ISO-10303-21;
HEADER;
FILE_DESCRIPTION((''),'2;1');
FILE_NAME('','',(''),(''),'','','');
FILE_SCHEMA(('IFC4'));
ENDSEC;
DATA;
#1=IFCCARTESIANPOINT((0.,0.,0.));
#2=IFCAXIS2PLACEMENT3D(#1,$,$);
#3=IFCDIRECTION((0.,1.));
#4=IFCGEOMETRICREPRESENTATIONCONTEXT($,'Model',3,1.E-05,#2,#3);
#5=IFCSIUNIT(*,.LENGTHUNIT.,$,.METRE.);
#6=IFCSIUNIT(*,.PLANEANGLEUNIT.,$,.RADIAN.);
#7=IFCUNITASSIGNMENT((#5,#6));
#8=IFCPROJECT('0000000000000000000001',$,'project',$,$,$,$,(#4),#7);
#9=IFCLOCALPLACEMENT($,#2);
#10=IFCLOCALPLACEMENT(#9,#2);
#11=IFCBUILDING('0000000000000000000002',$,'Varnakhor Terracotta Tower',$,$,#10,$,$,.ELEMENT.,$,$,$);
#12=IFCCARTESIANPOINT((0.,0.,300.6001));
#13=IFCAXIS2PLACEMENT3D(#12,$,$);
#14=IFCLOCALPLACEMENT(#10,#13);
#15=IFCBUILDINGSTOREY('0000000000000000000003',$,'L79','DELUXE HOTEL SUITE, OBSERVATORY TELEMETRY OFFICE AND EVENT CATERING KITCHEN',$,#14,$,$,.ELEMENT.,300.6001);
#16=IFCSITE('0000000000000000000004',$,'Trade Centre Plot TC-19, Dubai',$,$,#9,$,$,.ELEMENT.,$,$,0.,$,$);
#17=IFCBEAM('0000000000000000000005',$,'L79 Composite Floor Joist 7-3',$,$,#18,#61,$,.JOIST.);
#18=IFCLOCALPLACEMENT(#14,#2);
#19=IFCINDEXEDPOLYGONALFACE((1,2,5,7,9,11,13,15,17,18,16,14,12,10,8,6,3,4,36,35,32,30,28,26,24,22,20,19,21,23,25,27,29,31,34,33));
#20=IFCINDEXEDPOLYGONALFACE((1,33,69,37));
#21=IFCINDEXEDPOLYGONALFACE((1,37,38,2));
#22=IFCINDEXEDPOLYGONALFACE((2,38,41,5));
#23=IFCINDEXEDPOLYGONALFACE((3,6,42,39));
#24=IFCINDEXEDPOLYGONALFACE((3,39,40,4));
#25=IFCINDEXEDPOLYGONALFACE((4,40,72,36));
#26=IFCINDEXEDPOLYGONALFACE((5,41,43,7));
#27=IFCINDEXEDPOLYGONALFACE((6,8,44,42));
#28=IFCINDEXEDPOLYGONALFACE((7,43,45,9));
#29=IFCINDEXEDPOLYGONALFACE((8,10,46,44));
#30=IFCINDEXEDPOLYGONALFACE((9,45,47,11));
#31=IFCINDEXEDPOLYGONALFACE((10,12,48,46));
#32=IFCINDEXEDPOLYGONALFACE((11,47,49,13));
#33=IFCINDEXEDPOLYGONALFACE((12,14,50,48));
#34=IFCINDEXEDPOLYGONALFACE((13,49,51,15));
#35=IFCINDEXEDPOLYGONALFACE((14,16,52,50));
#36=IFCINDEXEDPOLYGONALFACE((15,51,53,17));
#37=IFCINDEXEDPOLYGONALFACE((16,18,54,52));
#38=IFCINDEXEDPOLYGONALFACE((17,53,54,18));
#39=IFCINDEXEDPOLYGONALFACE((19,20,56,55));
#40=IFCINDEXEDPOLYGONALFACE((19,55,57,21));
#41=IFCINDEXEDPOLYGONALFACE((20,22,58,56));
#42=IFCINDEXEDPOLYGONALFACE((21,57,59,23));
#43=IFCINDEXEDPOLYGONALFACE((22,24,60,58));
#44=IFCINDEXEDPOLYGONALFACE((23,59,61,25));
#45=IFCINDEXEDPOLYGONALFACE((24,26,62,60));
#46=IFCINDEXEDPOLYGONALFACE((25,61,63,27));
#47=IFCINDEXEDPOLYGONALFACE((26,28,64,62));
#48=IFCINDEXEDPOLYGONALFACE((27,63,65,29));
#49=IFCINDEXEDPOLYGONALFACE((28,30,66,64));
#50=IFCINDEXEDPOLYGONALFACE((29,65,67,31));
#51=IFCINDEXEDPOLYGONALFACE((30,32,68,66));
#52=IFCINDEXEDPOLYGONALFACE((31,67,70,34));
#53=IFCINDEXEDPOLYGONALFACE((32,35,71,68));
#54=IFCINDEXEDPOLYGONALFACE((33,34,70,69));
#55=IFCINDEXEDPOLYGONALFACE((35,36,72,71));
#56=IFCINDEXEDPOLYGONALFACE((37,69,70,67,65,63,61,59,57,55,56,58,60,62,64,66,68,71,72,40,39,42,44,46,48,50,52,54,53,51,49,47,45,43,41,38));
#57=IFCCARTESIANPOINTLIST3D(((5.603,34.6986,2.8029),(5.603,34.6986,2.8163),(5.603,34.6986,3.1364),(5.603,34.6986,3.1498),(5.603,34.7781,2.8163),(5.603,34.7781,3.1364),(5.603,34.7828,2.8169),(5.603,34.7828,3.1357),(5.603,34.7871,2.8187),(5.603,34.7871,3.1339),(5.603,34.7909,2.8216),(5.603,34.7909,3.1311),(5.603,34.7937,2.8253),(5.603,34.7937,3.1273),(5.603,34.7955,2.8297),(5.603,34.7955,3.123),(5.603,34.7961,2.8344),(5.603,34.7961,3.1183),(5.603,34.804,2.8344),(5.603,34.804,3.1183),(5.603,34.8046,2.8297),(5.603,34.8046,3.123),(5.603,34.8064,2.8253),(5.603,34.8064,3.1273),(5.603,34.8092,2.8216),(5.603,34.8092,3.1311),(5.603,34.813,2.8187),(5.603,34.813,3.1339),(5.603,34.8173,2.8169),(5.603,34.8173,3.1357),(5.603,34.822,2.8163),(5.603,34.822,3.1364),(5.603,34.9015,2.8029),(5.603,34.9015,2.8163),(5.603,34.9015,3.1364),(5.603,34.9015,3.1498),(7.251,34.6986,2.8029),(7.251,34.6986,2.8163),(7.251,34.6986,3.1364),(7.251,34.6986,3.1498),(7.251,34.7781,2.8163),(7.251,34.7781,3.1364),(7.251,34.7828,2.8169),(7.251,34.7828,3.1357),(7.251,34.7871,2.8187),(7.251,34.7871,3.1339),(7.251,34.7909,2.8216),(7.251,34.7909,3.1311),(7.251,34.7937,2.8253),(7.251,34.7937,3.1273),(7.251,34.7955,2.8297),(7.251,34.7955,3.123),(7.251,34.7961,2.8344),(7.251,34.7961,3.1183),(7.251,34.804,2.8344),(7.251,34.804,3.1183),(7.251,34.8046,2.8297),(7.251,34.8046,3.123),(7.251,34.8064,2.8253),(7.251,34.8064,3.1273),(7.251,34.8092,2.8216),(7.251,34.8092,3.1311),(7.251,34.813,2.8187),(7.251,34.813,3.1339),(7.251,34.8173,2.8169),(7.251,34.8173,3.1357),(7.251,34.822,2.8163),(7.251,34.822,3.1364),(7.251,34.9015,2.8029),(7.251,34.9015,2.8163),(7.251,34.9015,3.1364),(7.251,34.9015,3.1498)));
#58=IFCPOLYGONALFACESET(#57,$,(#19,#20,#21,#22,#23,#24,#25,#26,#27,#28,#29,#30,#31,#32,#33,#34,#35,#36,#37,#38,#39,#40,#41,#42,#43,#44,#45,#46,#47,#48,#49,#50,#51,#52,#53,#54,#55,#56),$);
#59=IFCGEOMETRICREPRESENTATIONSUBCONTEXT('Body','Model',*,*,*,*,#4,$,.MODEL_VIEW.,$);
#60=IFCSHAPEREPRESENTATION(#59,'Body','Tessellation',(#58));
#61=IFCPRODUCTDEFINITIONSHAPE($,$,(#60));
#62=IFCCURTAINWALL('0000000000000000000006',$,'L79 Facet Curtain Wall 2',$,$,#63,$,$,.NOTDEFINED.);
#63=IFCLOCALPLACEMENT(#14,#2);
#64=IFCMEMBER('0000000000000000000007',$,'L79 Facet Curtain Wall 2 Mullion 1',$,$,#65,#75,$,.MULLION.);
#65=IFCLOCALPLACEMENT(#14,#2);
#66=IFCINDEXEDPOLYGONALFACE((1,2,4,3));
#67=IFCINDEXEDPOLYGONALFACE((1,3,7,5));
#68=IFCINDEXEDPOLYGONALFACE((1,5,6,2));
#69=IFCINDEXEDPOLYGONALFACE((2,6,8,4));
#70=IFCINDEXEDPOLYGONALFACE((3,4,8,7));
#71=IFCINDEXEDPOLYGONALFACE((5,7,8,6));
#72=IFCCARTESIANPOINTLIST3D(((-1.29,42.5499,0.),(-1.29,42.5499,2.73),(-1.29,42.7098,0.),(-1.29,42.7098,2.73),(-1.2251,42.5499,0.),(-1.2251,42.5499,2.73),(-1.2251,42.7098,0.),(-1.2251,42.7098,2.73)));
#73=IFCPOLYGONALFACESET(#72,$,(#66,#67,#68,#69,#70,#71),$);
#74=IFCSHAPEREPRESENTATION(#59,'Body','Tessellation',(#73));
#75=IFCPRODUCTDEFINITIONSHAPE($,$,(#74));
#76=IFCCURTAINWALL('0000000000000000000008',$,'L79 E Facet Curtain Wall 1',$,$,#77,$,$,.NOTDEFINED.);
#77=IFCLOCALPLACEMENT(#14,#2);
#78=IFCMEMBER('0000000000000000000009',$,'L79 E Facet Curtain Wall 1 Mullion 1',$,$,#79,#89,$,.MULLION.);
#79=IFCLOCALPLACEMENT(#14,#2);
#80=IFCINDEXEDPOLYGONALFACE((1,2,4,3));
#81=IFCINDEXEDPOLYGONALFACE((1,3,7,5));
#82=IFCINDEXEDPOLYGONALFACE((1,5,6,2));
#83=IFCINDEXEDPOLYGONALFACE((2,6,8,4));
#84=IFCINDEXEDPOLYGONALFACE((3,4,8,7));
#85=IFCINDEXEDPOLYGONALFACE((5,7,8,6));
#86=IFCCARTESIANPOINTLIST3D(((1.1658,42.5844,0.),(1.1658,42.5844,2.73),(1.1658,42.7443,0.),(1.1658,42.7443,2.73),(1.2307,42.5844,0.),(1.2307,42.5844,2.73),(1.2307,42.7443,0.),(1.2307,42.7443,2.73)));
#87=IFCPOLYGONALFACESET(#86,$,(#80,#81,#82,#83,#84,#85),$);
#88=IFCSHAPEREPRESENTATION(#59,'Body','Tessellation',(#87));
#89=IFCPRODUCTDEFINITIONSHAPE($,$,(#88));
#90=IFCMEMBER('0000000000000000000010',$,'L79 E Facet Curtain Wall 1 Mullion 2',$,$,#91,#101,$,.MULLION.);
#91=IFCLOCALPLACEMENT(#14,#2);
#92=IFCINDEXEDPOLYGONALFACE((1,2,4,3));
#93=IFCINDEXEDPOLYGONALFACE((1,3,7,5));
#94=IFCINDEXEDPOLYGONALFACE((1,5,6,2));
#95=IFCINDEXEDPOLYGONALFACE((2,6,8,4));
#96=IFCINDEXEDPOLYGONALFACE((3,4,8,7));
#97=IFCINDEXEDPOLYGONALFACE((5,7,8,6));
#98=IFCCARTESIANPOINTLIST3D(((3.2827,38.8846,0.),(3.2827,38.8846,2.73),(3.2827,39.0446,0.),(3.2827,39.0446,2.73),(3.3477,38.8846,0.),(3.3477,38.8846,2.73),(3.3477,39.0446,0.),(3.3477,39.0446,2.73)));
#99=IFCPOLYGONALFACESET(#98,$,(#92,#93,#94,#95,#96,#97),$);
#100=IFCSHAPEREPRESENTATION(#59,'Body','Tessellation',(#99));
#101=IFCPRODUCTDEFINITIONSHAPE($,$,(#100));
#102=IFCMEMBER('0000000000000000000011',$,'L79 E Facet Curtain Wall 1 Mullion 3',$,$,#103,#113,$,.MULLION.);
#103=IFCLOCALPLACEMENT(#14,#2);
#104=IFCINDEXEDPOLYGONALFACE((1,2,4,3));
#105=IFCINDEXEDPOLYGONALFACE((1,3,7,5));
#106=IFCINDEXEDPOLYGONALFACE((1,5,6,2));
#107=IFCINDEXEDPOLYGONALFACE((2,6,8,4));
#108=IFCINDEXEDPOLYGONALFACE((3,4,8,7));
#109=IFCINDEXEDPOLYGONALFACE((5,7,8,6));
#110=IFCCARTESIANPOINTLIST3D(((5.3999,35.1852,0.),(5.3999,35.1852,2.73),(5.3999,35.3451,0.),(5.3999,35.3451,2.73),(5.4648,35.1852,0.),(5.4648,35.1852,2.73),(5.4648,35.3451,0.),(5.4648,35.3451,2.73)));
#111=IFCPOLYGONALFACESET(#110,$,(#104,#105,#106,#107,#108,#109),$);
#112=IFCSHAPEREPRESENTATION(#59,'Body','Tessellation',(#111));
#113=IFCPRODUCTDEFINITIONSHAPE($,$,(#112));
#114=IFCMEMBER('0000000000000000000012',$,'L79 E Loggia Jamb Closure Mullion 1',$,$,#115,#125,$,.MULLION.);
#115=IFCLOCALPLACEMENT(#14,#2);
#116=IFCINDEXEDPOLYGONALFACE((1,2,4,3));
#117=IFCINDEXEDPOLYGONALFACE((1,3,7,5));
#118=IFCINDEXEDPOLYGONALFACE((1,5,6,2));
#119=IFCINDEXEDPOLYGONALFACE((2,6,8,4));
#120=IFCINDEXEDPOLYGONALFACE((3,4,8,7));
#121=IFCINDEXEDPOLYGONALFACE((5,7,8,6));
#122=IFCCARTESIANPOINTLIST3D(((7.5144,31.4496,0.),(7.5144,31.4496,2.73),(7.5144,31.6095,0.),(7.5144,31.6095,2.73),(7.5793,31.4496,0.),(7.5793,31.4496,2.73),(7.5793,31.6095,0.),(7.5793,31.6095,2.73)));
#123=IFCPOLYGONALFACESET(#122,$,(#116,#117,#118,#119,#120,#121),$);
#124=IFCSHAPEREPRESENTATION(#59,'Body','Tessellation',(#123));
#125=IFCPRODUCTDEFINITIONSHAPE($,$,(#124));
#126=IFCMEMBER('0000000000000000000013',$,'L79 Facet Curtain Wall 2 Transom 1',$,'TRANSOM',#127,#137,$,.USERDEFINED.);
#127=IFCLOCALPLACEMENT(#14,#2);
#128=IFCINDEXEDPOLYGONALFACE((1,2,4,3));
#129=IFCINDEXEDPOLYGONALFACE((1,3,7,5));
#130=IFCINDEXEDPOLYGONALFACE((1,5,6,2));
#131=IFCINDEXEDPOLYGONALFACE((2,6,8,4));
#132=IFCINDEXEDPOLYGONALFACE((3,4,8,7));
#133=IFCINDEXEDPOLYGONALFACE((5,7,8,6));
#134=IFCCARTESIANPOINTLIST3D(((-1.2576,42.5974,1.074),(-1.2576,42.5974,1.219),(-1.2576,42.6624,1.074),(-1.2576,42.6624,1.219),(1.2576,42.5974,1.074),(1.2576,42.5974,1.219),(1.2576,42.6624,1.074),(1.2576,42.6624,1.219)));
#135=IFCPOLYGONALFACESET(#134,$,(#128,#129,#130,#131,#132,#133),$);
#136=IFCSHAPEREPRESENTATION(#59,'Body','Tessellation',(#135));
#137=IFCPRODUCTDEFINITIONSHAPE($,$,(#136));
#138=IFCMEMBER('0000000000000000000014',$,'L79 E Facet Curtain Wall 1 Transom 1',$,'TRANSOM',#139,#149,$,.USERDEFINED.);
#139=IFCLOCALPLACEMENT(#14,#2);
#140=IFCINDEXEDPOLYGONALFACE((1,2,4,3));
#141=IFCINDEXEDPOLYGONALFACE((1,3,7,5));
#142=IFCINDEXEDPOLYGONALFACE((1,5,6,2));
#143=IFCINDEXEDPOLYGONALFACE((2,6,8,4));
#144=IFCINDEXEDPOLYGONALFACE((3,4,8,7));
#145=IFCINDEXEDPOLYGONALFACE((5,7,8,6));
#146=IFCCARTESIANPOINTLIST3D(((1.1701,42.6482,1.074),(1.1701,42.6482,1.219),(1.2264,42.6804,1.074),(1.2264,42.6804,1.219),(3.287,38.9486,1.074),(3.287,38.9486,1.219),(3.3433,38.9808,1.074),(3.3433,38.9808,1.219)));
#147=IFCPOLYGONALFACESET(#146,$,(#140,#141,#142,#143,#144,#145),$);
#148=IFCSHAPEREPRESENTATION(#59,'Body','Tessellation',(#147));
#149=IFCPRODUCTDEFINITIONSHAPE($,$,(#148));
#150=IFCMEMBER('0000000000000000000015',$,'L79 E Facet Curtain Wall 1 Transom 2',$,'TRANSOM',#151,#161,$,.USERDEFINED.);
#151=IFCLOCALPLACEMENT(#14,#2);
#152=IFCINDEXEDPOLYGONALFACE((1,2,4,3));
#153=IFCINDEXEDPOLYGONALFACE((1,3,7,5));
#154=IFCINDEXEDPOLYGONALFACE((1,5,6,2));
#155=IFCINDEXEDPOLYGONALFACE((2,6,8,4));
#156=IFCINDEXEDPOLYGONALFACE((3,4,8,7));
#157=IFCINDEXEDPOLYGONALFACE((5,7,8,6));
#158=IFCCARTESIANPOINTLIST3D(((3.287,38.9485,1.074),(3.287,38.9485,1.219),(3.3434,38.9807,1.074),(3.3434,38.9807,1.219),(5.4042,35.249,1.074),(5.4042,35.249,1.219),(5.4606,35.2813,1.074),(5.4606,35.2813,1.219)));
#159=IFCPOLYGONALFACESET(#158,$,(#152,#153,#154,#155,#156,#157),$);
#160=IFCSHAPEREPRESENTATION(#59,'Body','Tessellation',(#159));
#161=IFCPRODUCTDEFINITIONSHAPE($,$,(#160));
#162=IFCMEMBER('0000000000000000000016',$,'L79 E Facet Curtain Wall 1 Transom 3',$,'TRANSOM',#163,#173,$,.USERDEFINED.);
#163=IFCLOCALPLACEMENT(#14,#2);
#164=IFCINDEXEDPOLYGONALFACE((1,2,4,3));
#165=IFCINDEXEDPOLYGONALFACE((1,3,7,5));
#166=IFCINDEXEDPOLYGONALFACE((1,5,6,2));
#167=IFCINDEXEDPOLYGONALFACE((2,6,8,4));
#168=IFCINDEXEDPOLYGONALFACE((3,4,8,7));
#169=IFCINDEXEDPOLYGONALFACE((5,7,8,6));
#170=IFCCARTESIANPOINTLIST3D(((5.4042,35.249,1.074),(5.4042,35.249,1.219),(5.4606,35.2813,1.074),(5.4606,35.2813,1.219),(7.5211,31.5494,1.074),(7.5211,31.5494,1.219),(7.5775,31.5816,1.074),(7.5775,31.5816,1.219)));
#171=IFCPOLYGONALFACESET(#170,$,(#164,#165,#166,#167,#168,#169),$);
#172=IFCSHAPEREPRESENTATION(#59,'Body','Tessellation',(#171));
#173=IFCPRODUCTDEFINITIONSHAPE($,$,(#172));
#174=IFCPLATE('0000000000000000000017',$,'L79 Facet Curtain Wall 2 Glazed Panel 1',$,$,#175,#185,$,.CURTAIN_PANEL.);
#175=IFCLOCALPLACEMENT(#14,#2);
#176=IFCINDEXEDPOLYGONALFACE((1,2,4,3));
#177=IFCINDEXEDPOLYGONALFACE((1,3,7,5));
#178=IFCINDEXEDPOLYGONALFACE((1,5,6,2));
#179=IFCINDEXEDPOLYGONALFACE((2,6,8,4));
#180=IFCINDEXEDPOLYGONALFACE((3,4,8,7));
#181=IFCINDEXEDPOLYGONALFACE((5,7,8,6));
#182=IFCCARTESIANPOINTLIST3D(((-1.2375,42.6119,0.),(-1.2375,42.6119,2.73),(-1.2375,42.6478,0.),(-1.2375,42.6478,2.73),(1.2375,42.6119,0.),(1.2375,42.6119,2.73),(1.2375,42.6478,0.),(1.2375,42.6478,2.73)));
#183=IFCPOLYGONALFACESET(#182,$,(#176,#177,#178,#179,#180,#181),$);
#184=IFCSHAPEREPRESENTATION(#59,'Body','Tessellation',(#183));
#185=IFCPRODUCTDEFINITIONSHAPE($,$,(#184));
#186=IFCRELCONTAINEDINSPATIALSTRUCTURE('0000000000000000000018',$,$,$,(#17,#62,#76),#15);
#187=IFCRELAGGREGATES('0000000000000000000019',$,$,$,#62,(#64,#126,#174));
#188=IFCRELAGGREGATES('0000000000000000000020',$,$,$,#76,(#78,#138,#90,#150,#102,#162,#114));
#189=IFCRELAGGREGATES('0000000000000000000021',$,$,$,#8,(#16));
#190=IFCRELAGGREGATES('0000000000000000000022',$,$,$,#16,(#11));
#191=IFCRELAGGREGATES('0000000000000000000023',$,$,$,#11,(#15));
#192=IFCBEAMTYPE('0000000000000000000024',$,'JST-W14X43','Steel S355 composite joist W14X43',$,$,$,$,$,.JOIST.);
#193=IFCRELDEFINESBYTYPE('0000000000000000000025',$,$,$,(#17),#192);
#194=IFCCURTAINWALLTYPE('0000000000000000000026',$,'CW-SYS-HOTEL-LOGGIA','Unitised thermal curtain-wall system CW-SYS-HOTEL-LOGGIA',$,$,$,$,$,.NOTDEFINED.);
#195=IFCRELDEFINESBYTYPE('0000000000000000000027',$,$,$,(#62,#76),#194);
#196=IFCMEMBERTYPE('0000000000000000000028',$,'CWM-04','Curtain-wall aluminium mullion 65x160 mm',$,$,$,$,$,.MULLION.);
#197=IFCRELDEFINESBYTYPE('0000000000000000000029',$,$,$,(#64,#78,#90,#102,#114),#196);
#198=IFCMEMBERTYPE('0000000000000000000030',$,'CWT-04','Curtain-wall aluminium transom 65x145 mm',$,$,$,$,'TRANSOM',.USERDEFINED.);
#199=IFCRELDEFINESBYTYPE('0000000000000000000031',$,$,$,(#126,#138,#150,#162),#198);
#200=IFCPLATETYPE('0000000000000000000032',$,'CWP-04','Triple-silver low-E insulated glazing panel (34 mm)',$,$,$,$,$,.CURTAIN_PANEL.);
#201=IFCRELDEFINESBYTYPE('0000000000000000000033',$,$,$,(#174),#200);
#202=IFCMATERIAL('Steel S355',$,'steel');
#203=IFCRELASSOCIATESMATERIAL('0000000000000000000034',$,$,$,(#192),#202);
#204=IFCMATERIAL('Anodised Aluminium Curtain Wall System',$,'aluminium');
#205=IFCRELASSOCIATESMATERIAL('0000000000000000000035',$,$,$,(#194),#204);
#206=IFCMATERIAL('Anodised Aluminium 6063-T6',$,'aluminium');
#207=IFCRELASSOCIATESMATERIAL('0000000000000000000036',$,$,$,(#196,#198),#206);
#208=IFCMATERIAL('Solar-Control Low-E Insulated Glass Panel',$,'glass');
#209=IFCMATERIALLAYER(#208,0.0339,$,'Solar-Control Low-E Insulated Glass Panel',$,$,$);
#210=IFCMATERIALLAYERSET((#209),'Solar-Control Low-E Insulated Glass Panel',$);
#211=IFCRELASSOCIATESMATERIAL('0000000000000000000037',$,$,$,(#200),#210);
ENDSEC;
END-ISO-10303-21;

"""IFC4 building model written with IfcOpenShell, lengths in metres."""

from ifc_helpers import new_model, si_unit, direction, frame, origin, origin_2d, place, context, subcontext, project, spatial, rectangle, i_section, extrude, source, transform, mapped, material, layer, layer_set, material_profile, profile_set, type_object, element, aggregate, save


model = new_model("IFC4")

# Units and contexts
model_context = context("Model", 3, precision=1e-05, world=origin(), true_north=direction((0.0, 1.0)))
body_context = subcontext(model_context, "Body", "Model", "MODEL_VIEW")
ifc_project = project(units=[si_unit("LENGTHUNIT", "METRE"), si_unit("PLANEANGLEUNIT", "RADIAN")], contexts=[model_context])

# Site, building, storey
site_placement = place(None, origin())
site = spatial("IfcSite", under=ifc_project, at=site_placement, Name="Trade Centre Plot TC-19, Dubai", CompositionType="ELEMENT", RefElevation=0.0)
building_placement = place(site_placement, origin())
building = spatial("IfcBuilding", under=site, at=building_placement, Name="Varnakhor Terracotta Tower", CompositionType="ELEMENT")
storey_placement = place(building_placement, frame((0.0, 0.0, 300.6001)))
storey = spatial("IfcBuildingStorey", under=building, at=storey_placement, Name="L79", Description="DELUXE HOTEL SUITE, OBSERVATORY TELEMETRY OFFICE AND EVENT CATERING KITCHEN", CompositionType="ELEMENT", Elevation=300.6001)

# Shared definitions
ifc_material_1 = material(Name="Steel S355", Category="steel")

# Beam
ifc_material_profile_1 = material_profile(ifc_material_1, i_section(OverallWidth=0.2029, OverallDepth=0.3469, WebThickness=0.0078, FlangeThickness=0.0134, FilletRadius=0.0181, at=origin_2d()), Name="W14X43")
ifc_profile_set_1 = profile_set([ifc_material_profile_1], Name="Steel S355")
beam_type_1 = type_object("IfcBeamType", Name="JST-W14X43", Description="Steel S355 composite joist W14X43", PredefinedType="JOIST", material=ifc_profile_set_1)
shared_shape_1 = source(origin(), body_context, "Body", "SweptSolid", [
    extrude(i_section(OverallWidth=0.2029, OverallDepth=0.3469, WebThickness=0.0078, FlangeThickness=0.0134, FilletRadius=0.0181, at=origin_2d()), origin(), (0.0, 0.0, 1.0), 1.6479),
])
beam_1_placement = place(storey_placement, frame((5.603, 34.8, 2.9763), z_axis=(1.0, 0.0, 0.0), x_axis=(0.0, 1.0, 0.0)))
element("IfcBeam", 1, at=beam_1_placement, inside=storey, type_object=beam_type_1, Name="L79 Composite Floor Joist 7-3", PredefinedType="JOIST", context=body_context, shape_type="MappedRepresentation", body=[
    mapped(shared_shape_1, transform((0.0, 0.0, 0.0), scale=1.0)),
])

# Curtain wall, member
ifc_material_2 = material(Name="Anodised Aluminium Curtain Wall System", Category="aluminium")
curtain_wall_type = type_object("IfcCurtainWallType", Name="CW-SYS-HOTEL-LOGGIA", Description="Unitised thermal curtain-wall system CW-SYS-HOTEL-LOGGIA", PredefinedType="NOTDEFINED", material=ifc_material_2)
curtain_wall_1_placement = place(storey_placement, origin())
curtain_wall_1 = element("IfcCurtainWall", 2, at=curtain_wall_1_placement, inside=storey, type_object=curtain_wall_type, Name="L79 Facet Curtain Wall 2", PredefinedType="NOTDEFINED")
ifc_material_3 = material(Name="Anodised Aluminium 6063-T6", Category="aluminium")
ifc_material_profile_2 = material_profile(ifc_material_3, rectangle(XDim=0.0649, YDim=0.1599, at=origin_2d()), Name="ALU MULLION 65x160")
ifc_profile_set_2 = profile_set([ifc_material_profile_2], Name="Anodised Aluminium 6063-T6")
member_type_1 = type_object("IfcMemberType", Name="CWM-04", Description="Curtain-wall aluminium mullion 65x160 mm", PredefinedType="MULLION", material=ifc_profile_set_2)
shared_shape_2 = source(origin(), body_context, "Body", "SweptSolid", [
    extrude(rectangle(XDim=0.0649, YDim=0.1599, at=origin_2d()), origin(), (0.0, 0.0, 1.0), 2.73),
])
member_1_placement = place(storey_placement, frame((-1.2576, 42.6299, 0.0), z_axis=(0.0, 0.0, 1.0), x_axis=(1.0, 0.0, 0.0)))
member_1 = element("IfcMember", 3, at=member_1_placement, type_object=member_type_1, Name="L79 Facet Curtain Wall 2 Mullion 1", PredefinedType="MULLION", context=body_context, shape_type="MappedRepresentation", body=[
    mapped(shared_shape_2, transform((0.0, 0.0, 0.0), scale=1.0)),
])

# Curtain wall, members
curtain_wall_2_placement = place(storey_placement, origin())
curtain_wall_2 = element("IfcCurtainWall", 4, at=curtain_wall_2_placement, inside=storey, type_object=curtain_wall_type, Name="L79 E Facet Curtain Wall 1", PredefinedType="NOTDEFINED")
member_2_placement = place(storey_placement, frame((1.1982, 42.6643, 0.0), z_axis=(0.0, 0.0, 1.0), x_axis=(1.0, 0.0, 0.0)))
member_2 = element("IfcMember", 5, at=member_2_placement, type_object=member_type_1, Name="L79 E Facet Curtain Wall 1 Mullion 1", PredefinedType="MULLION", context=body_context, shape_type="MappedRepresentation", body=[
    mapped(shared_shape_2, transform((0.0, 0.0, 0.0), scale=1.0)),
])
member_3_placement = place(storey_placement, frame((3.3152, 38.9646, 0.0), z_axis=(0.0, 0.0, 1.0), x_axis=(1.0, 0.0, 0.0)))
member_3 = element("IfcMember", 6, at=member_3_placement, type_object=member_type_1, Name="L79 E Facet Curtain Wall 1 Mullion 2", PredefinedType="MULLION", context=body_context, shape_type="MappedRepresentation", body=[
    mapped(shared_shape_2, transform((0.0, 0.0, 0.0), scale=1.0)),
])
member_4_placement = place(storey_placement, frame((5.4324, 35.2651, 0.0), z_axis=(0.0, 0.0, 1.0), x_axis=(1.0, 0.0, 0.0)))
member_4 = element("IfcMember", 7, at=member_4_placement, type_object=member_type_1, Name="L79 E Facet Curtain Wall 1 Mullion 3", PredefinedType="MULLION", context=body_context, shape_type="MappedRepresentation", body=[
    mapped(shared_shape_2, transform((0.0, 0.0, 0.0), scale=1.0)),
])
member_5_placement = place(storey_placement, frame((7.5469, 31.5295, 0.0), z_axis=(0.0, 0.0, 1.0), x_axis=(1.0, 0.0, 0.0)))
member_5 = element("IfcMember", 8, at=member_5_placement, type_object=member_type_1, Name="L79 E Loggia Jamb Closure Mullion 1", PredefinedType="MULLION", context=body_context, shape_type="MappedRepresentation", body=[
    mapped(shared_shape_2, transform((0.0, 0.0, 0.0), scale=1.0)),
])

# Members
ifc_material_profile_3 = material_profile(ifc_material_3, rectangle(XDim=0.0649, YDim=0.145, at=origin_2d()), Name="ALU TRANSOM 65x145")
ifc_profile_set_3 = profile_set([ifc_material_profile_3], Name="Anodised Aluminium 6063-T6")
member_type_2 = type_object("IfcMemberType", Name="CWT-04", Description="Curtain-wall aluminium transom 65x145 mm", ElementType="TRANSOM", PredefinedType="USERDEFINED", material=ifc_profile_set_3)
shared_shape_3 = source(origin(), body_context, "Body", "SweptSolid", [
    extrude(rectangle(XDim=0.0649, YDim=0.145, at=origin_2d()), origin(), (0.0, 0.0, 1.0), 2.5151),
])
member_6_placement = place(storey_placement, frame((-1.2576, 42.6299, 1.1465), z_axis=(1.0, 0.0, 0.0), x_axis=(0.0, 1.0, 0.0)))
member_6 = element("IfcMember", 9, at=member_6_placement, type_object=member_type_2, Name="L79 Facet Curtain Wall 2 Transom 1", ObjectType="TRANSOM", PredefinedType="USERDEFINED", context=body_context, shape_type="MappedRepresentation", body=[
    mapped(shared_shape_3, transform((0.0, 0.0, 0.0), scale=1.0)),
])
shared_shape_4 = source(origin(), body_context, "Body", "SweptSolid", [
    extrude(rectangle(XDim=0.0649, YDim=0.145, at=origin_2d()), origin(), (0.0, 0.0, 1.0), 4.2625),
])
member_7_placement = place(storey_placement, frame((1.1982, 42.6643, 1.1465), z_axis=(0.496638, -0.867958, 0.0), x_axis=(0.867958, 0.496638, 0.0)))
member_7 = element("IfcMember", 10, at=member_7_placement, type_object=member_type_2, Name="L79 E Facet Curtain Wall 1 Transom 1", ObjectType="TRANSOM", PredefinedType="USERDEFINED", context=body_context, shape_type="MappedRepresentation", body=[
    mapped(shared_shape_4, transform((0.0, 0.0, 0.0), scale=1.0)),
])
member_8_placement = place(storey_placement, frame((3.3152, 38.9646, 1.1465), z_axis=(0.496706, -0.867919, 0.0), x_axis=(0.867919, 0.496706, 0.0)))
member_8 = element("IfcMember", 11, at=member_8_placement, type_object=member_type_2, Name="L79 E Facet Curtain Wall 1 Transom 2", ObjectType="TRANSOM", PredefinedType="USERDEFINED", context=body_context, shape_type="MappedRepresentation", body=[
    mapped(shared_shape_4, transform((0.0, 0.0, 0.0), scale=1.0)),
])
member_9_placement = place(storey_placement, frame((5.4324, 35.2651, 1.1465), z_axis=(0.496638, -0.867958, 0.0), x_axis=(0.867958, 0.496638, 0.0)))
member_9 = element("IfcMember", 12, at=member_9_placement, type_object=member_type_2, Name="L79 E Facet Curtain Wall 1 Transom 3", ObjectType="TRANSOM", PredefinedType="USERDEFINED", context=body_context, shape_type="MappedRepresentation", body=[
    mapped(shared_shape_4, transform((0.0, 0.0, 0.0), scale=1.0)),
])

# Plate
ifc_material_4 = material(Name="Solar-Control Low-E Insulated Glass Panel", Category="glass")
ifc_layer_1 = layer(ifc_material_4, 0.0339, Name="Solar-Control Low-E Insulated Glass Panel")
ifc_layer_set_1 = layer_set([ifc_layer_1], Name="Solar-Control Low-E Insulated Glass Panel")
plate_type = type_object("IfcPlateType", Name="CWP-04", Description="Triple-silver low-E insulated glazing panel (34 mm)", PredefinedType="CURTAIN_PANEL", material=ifc_layer_set_1)
shared_shape_5 = source(origin(), body_context, "Body", "SweptSolid", [
    extrude(rectangle(XDim=2.4751, YDim=0.0359, at=origin_2d()), origin(), (0.0, 0.0, 1.0), 2.73),
])
plate_1_placement = place(storey_placement, frame((0.0, 42.6299, 0.0), z_axis=(0.0, 0.0, 1.0), x_axis=(1.0, 0.0, 0.0)))
plate_1 = element("IfcPlate", 13, at=plate_1_placement, type_object=plate_type, Name="L79 Facet Curtain Wall 2 Glazed Panel 1", PredefinedType="CURTAIN_PANEL", context=body_context, shape_type="MappedRepresentation", body=[
    mapped(shared_shape_5, transform((0.0, 0.0, 0.0), scale=1.0)),
])
aggregate(curtain_wall_1, [member_1, member_6, plate_1])
aggregate(curtain_wall_2, [member_2, member_7, member_3, member_8, member_4, member_9, member_5])

save(model, "model.ifc")
